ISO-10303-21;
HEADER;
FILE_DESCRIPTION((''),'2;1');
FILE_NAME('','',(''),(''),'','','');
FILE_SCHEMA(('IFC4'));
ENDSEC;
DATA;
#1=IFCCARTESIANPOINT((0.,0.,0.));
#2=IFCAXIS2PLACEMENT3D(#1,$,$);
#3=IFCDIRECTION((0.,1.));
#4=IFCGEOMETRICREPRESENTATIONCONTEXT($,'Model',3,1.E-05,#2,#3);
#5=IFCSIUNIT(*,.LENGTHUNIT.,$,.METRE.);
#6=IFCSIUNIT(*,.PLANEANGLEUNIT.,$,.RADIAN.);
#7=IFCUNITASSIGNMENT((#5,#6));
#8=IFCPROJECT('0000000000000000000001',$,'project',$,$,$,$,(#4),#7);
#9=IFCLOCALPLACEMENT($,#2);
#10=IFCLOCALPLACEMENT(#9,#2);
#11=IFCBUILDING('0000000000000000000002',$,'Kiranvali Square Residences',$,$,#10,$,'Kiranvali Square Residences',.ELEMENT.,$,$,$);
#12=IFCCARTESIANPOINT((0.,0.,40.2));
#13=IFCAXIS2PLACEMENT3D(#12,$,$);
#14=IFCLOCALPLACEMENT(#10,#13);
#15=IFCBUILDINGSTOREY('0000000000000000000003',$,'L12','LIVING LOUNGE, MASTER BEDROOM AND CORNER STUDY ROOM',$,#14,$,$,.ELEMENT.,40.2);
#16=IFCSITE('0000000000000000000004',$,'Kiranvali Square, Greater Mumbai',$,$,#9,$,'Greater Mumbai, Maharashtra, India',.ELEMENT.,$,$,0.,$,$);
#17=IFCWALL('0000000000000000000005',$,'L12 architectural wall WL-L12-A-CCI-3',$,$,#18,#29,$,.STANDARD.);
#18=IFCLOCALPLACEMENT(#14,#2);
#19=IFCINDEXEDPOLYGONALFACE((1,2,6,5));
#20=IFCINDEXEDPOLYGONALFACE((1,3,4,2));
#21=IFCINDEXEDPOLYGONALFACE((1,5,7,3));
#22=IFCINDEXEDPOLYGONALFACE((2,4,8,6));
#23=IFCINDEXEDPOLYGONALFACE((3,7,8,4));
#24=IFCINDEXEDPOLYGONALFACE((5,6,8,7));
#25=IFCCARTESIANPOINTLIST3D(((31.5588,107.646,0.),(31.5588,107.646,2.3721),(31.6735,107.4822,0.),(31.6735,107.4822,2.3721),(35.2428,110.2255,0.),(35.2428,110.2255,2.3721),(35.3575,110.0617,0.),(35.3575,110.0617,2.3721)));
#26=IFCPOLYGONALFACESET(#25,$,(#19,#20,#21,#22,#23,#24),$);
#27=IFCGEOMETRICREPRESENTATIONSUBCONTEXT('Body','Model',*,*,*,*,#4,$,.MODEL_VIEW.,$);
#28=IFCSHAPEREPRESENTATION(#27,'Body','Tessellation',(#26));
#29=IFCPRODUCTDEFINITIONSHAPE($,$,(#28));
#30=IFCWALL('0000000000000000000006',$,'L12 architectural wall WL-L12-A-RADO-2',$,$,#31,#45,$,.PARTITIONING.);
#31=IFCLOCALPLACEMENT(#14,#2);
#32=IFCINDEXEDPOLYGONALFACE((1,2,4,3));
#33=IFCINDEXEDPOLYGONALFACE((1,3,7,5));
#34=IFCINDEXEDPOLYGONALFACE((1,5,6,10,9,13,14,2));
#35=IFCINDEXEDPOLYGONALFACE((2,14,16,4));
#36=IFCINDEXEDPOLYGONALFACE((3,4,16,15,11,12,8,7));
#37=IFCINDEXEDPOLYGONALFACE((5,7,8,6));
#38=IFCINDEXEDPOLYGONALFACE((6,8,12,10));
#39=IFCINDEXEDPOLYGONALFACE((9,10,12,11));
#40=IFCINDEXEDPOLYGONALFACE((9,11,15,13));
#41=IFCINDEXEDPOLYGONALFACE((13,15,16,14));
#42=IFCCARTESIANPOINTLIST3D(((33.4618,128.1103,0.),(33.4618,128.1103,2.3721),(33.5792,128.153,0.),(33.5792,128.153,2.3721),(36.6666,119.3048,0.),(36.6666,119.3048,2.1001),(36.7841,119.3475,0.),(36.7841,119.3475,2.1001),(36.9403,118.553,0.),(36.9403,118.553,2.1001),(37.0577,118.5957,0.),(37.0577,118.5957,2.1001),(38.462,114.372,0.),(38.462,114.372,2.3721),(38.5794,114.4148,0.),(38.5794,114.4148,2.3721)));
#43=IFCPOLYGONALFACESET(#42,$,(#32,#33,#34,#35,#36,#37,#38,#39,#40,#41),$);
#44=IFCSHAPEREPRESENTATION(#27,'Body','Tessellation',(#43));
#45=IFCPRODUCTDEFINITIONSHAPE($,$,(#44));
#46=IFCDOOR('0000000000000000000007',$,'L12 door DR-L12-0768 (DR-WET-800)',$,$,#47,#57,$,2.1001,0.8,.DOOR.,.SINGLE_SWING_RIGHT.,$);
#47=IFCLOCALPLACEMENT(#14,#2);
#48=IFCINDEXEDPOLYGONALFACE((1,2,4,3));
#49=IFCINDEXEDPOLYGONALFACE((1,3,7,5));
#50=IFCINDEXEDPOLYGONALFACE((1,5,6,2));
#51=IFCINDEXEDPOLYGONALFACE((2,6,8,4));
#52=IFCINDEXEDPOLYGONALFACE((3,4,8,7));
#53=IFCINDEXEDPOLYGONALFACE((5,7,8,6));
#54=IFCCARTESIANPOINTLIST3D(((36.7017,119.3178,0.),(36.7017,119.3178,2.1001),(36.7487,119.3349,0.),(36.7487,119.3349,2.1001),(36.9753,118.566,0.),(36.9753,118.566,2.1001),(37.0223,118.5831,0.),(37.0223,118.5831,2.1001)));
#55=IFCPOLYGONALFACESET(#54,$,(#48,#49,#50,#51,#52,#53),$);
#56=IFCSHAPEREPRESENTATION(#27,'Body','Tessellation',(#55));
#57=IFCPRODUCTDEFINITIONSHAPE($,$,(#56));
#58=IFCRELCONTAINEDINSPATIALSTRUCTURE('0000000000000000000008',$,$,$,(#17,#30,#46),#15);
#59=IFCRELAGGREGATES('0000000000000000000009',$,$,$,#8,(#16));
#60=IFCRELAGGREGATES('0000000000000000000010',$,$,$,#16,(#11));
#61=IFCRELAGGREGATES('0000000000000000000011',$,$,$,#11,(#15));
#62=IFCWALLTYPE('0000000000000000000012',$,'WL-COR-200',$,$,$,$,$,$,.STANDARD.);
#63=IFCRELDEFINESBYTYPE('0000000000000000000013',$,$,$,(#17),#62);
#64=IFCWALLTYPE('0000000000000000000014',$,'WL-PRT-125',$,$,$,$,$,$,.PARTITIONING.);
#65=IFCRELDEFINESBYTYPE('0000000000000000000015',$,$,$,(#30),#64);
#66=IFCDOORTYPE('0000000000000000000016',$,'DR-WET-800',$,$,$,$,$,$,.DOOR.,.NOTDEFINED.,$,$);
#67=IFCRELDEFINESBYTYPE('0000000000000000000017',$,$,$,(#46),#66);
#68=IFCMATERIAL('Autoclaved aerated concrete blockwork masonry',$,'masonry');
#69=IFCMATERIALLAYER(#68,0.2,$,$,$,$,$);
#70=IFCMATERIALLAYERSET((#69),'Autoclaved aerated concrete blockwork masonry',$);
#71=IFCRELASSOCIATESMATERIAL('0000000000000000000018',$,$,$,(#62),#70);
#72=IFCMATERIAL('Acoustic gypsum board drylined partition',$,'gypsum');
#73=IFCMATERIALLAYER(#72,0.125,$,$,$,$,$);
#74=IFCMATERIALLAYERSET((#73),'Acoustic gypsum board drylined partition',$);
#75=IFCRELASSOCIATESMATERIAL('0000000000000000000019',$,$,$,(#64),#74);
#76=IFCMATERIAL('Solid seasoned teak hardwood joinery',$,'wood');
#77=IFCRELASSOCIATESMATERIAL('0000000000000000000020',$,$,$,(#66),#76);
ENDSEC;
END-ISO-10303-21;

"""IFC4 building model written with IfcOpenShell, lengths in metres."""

from ifc_helpers import new_model, si_unit, direction, frame, frame_2d, origin, place, context, subcontext, project, spatial, rectangle, extrude, material, layer, layer_set, type_object, element, fill, save


model = new_model("IFC4")

# Units and contexts
model_context = context("Model", 3, precision=1e-05, world=origin(), true_north=direction((0.0, 1.0)))
body_context = subcontext(model_context, "Body", "Model", "MODEL_VIEW")
ifc_project = project(units=[si_unit("LENGTHUNIT", "METRE"), si_unit("PLANEANGLEUNIT", "RADIAN")], contexts=[model_context])

# Site, building, storey
site_placement = place(None, origin())
site = spatial("IfcSite", under=ifc_project, at=site_placement, Name="Kiranvali Square, Greater Mumbai", LongName="Greater Mumbai, Maharashtra, India", CompositionType="ELEMENT", RefElevation=0.0)
building_placement = place(site_placement, origin())
building = spatial("IfcBuilding", under=site, at=building_placement, Name="Kiranvali Square Residences", LongName="Kiranvali Square Residences", CompositionType="ELEMENT")
storey_placement = place(building_placement, frame((0.0, 0.0, 40.2)))
storey = spatial("IfcBuildingStorey", under=building, at=storey_placement, Name="L12", Description="LIVING LOUNGE, MASTER BEDROOM AND CORNER STUDY ROOM", CompositionType="ELEMENT", Elevation=40.2)

# Shared definitions
ifc_material_1 = material(Name="Autoclaved aerated concrete blockwork masonry", Category="masonry")
ifc_layer_1 = layer(ifc_material_1, 0.2)
ifc_layer_set_1 = layer_set([ifc_layer_1], Name="Autoclaved aerated concrete blockwork masonry")
wall_type_1 = type_object("IfcWallType", Name="WL-COR-200", PredefinedType="STANDARD", material=ifc_layer_set_1)

# Wall
wall_1_placement = place(storey_placement, frame((35.3, 110.1436, 0.0), z_axis=(0.0, 0.0, 1.0), x_axis=(-0.819155, -0.573572, 0.0)))
element("IfcWall", 1, at=wall_1_placement, inside=storey, type_object=wall_type_1, Name="L12 architectural wall WL-L12-A-CCI-3", PredefinedType="STANDARD", context=body_context, shape_type="SweptSolid", body=[
    extrude(rectangle(XDim=4.4973, YDim=0.2, at=frame_2d((2.2485, 0.0))), origin(), (0.0, 0.0, 1.0), 2.3721),
])

# Wall, opening, door
ifc_material_2 = material(Name="Acoustic gypsum board drylined partition", Category="gypsum")
ifc_layer_2 = layer(ifc_material_2, 0.125)
ifc_layer_set_2 = layer_set([ifc_layer_2], Name="Acoustic gypsum board drylined partition")
wall_type_2 = type_object("IfcWallType", Name="WL-PRT-125", PredefinedType="PARTITIONING", material=ifc_layer_set_2)
wall_2_placement = place(storey_placement, frame((38.5208, 114.3933, 0.0), z_axis=(0.0, 0.0, 1.0), x_axis=(-0.342015, 0.939694, 0.0)))
wall_2 = element("IfcWall", 2, at=wall_2_placement, inside=storey, type_object=wall_type_2, Name="L12 architectural wall WL-L12-A-RADO-2", PredefinedType="PARTITIONING", context=body_context, shape_type="SweptSolid", body=[
    extrude(rectangle(XDim=14.6199, YDim=0.125, at=frame_2d((7.3101, 0.0))), origin(), (0.0, 0.0, 1.0), 2.3721),
])
opening_1_placement = place(wall_2_placement, frame((4.4495, 0.0, 0.0)))
opening_1 = element("IfcOpeningElement", 3, at=opening_1_placement, cuts=wall_2, PredefinedType="OPENING", context=body_context, shape_type="SweptSolid", body=[
    extrude(rectangle(XDim=0.8, YDim=2.1001, at=frame_2d((0.3999, 1.05))), frame((0.0, 0.0725, 0.0), z_axis=(0.0, -1.0, 0.0), x_axis=(1.0, 0.0, 0.0)), (0.0, 0.0, 1.0), 0.145),
])
ifc_material_3 = material(Name="Solid seasoned teak hardwood joinery", Category="wood")
door_type_1 = type_object("IfcDoorType", Name="DR-WET-800", OperationType="NOTDEFINED", PredefinedType="DOOR", material=ifc_material_3)
door_1_placement = place(opening_1_placement, frame((0.8, 0.0, 0.0), z_axis=(0.0, 0.0, 1.0), x_axis=(-1.0, 0.0, 0.0)))
door_1 = element("IfcDoor", 4, at=door_1_placement, inside=storey, type_object=door_type_1, Name="L12 door DR-L12-0768 (DR-WET-800)", OperationType="SINGLE_SWING_RIGHT", OverallHeight=2.1001, OverallWidth=0.8, PredefinedType="DOOR", context=body_context, shape_type="SweptSolid", body=[
    extrude(rectangle(XDim=0.8, YDim=2.1001, at=frame_2d((0.3999, 1.05))), frame((0.0, 0.0249, 0.0), z_axis=(0.0, -1.0, 0.0), x_axis=(1.0, 0.0, 0.0)), (0.0, 0.0, 1.0), 0.05),
])
fill(opening_1, door_1)

save(model, "model.ifc")
